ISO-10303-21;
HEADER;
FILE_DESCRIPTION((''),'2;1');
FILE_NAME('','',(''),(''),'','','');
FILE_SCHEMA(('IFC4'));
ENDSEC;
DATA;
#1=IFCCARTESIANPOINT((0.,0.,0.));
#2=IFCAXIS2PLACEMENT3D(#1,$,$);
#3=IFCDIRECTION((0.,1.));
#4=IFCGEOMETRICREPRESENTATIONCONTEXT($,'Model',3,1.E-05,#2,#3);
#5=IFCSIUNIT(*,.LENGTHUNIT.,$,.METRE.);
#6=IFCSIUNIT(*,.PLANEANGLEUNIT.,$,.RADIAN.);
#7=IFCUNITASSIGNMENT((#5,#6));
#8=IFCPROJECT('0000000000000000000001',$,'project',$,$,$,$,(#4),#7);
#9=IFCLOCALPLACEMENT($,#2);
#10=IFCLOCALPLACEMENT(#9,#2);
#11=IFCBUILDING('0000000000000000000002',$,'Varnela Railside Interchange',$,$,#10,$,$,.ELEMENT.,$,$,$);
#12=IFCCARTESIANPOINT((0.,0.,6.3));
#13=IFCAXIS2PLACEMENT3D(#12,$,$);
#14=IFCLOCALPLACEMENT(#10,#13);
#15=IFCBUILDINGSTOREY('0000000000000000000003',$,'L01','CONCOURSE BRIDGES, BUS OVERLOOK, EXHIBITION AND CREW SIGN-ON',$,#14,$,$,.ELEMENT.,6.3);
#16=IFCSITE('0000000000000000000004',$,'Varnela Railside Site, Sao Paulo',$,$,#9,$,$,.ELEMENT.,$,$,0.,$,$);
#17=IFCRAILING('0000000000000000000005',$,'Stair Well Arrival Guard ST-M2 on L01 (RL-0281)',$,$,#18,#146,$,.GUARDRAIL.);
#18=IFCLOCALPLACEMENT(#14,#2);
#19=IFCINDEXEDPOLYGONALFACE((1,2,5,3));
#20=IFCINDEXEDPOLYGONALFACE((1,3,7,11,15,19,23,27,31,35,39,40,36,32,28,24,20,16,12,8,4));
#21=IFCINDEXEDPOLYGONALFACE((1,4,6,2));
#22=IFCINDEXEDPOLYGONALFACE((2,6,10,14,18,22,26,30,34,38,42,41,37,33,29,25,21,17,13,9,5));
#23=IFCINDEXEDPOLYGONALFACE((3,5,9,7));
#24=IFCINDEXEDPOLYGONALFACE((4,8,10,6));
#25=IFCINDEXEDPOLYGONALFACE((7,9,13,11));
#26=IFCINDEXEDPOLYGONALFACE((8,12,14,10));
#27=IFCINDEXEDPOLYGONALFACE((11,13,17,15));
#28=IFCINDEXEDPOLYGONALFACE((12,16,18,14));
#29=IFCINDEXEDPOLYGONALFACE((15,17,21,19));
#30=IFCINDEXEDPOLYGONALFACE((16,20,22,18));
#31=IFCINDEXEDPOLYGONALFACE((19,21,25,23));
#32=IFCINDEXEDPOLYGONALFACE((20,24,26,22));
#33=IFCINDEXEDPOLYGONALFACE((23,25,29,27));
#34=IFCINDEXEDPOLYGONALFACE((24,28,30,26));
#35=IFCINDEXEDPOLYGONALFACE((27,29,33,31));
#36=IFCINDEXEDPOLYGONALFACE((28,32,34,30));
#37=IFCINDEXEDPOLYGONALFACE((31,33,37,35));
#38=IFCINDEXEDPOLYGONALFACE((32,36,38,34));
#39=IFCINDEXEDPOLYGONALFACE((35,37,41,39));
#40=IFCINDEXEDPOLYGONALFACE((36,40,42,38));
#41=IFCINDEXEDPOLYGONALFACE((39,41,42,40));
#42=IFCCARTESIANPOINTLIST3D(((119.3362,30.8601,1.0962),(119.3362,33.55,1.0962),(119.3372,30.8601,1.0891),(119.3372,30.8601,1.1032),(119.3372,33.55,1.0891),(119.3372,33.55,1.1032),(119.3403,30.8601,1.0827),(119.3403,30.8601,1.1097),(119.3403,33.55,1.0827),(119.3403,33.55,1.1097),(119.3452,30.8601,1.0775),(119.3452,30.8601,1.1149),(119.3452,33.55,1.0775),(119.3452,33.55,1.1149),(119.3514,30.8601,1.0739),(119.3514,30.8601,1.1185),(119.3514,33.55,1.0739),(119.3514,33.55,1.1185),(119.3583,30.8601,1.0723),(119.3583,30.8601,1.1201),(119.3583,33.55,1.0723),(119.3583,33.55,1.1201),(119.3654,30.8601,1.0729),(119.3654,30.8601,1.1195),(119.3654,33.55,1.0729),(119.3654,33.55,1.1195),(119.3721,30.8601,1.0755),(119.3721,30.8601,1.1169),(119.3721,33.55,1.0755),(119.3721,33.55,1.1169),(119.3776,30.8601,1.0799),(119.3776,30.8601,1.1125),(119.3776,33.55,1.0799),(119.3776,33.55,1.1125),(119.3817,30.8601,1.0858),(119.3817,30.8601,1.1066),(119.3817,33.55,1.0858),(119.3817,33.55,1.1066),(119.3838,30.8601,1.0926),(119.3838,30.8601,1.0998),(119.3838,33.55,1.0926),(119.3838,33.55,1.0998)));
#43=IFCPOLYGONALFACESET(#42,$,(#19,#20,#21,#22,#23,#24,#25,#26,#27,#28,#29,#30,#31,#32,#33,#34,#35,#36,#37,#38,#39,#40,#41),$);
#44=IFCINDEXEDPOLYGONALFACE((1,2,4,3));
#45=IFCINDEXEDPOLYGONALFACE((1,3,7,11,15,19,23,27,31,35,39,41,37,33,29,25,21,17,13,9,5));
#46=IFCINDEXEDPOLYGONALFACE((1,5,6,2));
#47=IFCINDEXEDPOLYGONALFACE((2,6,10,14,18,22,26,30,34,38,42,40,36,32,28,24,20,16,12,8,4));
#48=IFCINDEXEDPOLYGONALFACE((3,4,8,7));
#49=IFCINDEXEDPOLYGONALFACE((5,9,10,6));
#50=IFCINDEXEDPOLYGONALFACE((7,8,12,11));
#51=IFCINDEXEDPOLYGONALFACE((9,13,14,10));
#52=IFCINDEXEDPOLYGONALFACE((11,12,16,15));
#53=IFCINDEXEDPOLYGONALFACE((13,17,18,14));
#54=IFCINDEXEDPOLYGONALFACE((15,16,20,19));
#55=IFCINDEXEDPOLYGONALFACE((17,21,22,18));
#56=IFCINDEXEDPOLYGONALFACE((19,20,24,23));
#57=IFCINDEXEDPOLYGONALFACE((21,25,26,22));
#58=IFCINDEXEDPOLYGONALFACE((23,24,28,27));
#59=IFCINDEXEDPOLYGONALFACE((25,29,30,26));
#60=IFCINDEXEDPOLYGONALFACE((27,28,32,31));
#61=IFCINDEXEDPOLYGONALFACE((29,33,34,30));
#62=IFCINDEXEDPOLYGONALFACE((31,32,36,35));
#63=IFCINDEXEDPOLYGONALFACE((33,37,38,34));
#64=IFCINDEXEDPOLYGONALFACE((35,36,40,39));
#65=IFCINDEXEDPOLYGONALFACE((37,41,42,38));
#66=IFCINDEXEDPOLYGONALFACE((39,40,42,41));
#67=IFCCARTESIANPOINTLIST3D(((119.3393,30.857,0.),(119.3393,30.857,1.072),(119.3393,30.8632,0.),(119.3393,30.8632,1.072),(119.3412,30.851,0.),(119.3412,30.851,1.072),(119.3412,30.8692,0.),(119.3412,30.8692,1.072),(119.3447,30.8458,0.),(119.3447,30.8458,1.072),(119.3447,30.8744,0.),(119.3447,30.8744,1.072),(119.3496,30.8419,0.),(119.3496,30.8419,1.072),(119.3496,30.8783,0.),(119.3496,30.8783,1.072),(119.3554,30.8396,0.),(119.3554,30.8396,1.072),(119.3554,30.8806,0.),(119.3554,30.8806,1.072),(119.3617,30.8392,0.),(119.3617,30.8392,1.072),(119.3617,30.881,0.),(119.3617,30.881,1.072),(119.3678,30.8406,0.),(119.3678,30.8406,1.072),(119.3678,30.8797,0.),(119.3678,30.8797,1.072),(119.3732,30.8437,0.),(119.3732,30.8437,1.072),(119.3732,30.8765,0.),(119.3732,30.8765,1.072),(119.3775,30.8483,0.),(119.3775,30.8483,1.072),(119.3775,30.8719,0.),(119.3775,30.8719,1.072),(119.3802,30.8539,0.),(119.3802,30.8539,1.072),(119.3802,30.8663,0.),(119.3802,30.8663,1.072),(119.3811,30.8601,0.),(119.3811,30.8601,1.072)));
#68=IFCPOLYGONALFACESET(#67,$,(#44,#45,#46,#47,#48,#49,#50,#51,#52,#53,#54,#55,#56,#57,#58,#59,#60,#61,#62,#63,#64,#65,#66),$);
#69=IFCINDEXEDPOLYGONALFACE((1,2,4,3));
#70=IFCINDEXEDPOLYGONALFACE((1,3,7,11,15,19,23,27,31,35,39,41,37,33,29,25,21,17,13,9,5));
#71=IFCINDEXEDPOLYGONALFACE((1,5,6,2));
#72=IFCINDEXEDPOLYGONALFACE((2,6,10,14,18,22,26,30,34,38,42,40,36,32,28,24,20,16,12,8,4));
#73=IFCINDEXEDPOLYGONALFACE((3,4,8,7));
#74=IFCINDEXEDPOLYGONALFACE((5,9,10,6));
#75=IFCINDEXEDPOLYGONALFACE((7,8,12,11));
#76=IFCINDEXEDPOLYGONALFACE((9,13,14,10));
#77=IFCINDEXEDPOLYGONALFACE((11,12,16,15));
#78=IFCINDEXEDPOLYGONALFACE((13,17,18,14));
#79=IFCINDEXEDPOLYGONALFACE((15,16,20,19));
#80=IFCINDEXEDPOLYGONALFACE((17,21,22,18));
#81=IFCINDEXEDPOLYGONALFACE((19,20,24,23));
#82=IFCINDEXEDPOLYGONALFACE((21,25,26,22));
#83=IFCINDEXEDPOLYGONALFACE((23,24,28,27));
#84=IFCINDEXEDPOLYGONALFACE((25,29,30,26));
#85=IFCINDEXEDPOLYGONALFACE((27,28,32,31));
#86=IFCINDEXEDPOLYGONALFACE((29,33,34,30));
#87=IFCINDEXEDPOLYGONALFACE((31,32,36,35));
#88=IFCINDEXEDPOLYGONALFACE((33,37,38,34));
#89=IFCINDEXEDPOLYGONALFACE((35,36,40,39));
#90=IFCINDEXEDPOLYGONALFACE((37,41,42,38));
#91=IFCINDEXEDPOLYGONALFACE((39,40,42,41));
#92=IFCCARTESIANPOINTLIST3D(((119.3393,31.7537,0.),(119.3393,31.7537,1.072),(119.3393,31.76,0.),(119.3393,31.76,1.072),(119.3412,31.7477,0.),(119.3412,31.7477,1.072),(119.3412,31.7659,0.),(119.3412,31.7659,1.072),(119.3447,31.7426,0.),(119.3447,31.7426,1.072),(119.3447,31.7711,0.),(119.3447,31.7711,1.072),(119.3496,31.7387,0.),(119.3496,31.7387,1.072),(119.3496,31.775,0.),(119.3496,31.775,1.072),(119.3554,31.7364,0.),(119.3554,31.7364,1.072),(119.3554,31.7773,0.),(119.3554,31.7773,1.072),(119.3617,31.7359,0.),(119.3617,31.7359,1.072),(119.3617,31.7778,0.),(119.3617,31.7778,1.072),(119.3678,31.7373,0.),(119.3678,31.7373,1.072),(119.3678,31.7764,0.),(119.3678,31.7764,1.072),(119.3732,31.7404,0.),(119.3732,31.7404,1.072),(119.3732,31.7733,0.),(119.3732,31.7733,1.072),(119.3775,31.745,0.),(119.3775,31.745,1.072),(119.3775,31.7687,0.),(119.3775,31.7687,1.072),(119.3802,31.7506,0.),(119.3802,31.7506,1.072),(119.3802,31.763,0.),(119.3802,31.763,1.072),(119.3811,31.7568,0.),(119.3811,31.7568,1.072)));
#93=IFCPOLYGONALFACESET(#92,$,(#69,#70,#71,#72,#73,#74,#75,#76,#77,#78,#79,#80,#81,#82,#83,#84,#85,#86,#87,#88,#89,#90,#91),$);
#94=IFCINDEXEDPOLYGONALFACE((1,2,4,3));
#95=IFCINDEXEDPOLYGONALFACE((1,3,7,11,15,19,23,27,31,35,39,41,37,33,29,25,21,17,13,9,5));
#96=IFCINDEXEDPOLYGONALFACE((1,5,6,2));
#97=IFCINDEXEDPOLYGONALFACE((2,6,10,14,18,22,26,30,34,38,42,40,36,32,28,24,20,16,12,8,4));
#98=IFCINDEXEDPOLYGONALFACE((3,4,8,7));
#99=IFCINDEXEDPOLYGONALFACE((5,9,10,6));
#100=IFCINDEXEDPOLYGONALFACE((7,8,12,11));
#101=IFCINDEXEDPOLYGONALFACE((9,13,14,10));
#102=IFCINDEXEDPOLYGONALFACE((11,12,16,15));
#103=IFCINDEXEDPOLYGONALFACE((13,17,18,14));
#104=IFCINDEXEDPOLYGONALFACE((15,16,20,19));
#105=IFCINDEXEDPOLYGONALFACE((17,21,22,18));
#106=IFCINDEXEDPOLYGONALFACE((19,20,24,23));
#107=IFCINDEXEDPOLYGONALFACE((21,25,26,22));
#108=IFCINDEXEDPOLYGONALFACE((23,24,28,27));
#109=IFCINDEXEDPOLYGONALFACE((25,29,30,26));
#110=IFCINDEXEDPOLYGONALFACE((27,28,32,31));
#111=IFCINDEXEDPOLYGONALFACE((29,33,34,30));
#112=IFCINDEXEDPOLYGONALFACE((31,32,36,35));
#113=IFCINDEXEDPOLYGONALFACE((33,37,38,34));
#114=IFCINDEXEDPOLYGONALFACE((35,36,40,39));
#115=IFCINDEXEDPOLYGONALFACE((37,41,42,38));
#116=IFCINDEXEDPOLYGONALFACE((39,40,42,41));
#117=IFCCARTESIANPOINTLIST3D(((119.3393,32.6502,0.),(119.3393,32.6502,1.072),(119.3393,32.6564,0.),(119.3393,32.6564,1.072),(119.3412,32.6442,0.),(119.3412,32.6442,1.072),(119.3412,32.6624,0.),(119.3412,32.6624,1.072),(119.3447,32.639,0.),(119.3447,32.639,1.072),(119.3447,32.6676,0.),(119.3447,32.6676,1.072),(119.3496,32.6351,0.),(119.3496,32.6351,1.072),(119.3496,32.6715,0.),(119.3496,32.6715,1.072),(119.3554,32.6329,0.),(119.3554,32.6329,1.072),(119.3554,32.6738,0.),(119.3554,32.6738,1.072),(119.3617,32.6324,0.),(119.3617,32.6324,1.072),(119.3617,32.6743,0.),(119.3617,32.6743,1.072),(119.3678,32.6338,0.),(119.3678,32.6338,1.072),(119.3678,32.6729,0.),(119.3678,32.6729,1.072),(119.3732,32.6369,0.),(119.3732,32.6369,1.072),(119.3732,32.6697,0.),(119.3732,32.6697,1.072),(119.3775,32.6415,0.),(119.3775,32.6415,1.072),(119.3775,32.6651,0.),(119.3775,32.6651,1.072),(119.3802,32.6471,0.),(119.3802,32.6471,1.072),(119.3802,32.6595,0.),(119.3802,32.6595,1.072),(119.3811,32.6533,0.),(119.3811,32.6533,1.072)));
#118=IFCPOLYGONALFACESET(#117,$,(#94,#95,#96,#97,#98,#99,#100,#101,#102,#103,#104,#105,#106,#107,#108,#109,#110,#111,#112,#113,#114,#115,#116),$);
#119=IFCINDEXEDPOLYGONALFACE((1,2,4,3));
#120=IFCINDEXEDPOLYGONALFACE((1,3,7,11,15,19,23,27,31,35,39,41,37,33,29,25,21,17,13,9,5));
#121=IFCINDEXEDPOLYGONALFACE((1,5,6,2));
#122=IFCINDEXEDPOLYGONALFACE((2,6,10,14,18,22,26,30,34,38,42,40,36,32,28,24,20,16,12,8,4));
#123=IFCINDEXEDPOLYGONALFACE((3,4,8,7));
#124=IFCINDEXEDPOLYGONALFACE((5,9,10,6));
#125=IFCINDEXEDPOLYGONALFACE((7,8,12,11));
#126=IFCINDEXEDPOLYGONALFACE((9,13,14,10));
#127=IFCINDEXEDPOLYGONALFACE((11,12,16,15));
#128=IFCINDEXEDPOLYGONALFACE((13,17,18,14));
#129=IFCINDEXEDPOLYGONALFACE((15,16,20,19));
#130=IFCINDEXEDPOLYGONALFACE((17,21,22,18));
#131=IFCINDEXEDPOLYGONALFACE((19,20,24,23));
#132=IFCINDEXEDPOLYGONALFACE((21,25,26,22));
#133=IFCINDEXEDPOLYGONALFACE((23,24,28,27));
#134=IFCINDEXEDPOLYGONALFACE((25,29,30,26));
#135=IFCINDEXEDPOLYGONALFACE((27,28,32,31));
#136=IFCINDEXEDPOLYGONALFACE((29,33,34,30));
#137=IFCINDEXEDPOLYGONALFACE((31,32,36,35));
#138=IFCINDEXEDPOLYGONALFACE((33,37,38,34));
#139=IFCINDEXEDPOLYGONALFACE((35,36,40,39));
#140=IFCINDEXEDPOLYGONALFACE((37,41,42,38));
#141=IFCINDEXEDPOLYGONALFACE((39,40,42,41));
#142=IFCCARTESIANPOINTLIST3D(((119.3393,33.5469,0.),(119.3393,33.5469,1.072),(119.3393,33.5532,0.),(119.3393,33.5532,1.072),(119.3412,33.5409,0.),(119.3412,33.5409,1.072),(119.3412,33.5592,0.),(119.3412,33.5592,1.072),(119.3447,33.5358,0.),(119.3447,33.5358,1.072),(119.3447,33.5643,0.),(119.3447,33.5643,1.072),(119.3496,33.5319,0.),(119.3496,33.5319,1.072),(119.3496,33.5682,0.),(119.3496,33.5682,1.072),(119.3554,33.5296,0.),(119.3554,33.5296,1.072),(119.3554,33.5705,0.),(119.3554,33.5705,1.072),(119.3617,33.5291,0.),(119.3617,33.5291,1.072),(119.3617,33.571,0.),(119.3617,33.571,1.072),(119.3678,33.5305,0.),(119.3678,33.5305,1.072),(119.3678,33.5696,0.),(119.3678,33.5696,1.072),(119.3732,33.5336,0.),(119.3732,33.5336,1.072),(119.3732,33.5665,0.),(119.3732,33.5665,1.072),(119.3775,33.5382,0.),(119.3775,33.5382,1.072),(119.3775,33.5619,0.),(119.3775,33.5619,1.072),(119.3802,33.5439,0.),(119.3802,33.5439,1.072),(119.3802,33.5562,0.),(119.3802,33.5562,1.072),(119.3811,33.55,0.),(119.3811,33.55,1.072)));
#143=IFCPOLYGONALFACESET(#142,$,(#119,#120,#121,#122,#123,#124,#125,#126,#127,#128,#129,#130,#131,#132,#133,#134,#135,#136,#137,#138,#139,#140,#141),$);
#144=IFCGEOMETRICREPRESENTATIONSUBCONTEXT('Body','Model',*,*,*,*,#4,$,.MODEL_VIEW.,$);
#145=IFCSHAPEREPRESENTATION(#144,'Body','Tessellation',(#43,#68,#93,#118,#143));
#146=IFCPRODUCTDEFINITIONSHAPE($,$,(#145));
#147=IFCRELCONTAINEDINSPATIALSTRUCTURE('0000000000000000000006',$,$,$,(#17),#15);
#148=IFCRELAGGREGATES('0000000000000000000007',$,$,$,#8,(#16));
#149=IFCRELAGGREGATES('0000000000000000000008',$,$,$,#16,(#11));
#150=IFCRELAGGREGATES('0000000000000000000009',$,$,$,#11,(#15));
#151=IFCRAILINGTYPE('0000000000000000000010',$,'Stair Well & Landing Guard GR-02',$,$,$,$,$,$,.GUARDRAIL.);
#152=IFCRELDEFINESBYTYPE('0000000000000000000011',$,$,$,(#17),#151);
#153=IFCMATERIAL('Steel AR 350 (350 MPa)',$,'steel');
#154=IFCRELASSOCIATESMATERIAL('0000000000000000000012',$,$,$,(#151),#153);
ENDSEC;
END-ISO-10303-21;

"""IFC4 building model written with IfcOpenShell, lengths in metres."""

from ifc_helpers import new_model, si_unit, direction, frame, origin, origin_2d, place, context, subcontext, project, spatial, circle, extrude, material, type_object, element, save


model = new_model("IFC4")

# Units and contexts
model_context = context("Model", 3, precision=1e-05, world=origin(), true_north=direction((0.0, 1.0)))
body_context = subcontext(model_context, "Body", "Model", "MODEL_VIEW")
ifc_project = project(units=[si_unit("LENGTHUNIT", "METRE"), si_unit("PLANEANGLEUNIT", "RADIAN")], contexts=[model_context])

# Site, building, storey
site_placement = place(None, origin())
site = spatial("IfcSite", under=ifc_project, at=site_placement, Name="Varnela Railside Site, Sao Paulo", CompositionType="ELEMENT", RefElevation=0.0)
building_placement = place(site_placement, origin())
building = spatial("IfcBuilding", under=site, at=building_placement, Name="Varnela Railside Interchange", CompositionType="ELEMENT")
storey_placement = place(building_placement, frame((0.0, 0.0, 6.3)))
storey = spatial("IfcBuildingStorey", under=building, at=storey_placement, Name="L01", Description="CONCOURSE BRIDGES, BUS OVERLOOK, EXHIBITION AND CREW SIGN-ON", CompositionType="ELEMENT", Elevation=6.3)

# Shared definitions
ifc_material_1 = material(Name="Steel AR 350 (350 MPa)", Category="steel")

# Railing
railing_type = type_object("IfcRailingType", Name="Stair Well & Landing Guard GR-02", PredefinedType="GUARDRAIL", material=ifc_material_1)
railing_placement = place(storey_placement, frame((119.3601, 30.8601, 0.0)))
element("IfcRailing", 1, at=railing_placement, inside=storey, type_object=railing_type, Name="Stair Well Arrival Guard ST-M2 on L01 (RL-0281)", PredefinedType="GUARDRAIL", context=body_context, shape_type="SweptSolid", body=[
    extrude(circle(Radius=0.0239, at=origin_2d()), frame((0.0, 0.0, 1.0962), z_axis=(0.0, 1.0, 0.0), x_axis=(-1.0, 0.0, 0.0)), (0.0, 0.0, 1.0), 2.6899),
    extrude(circle(Radius=0.021, at=origin_2d()), origin(), (0.0, 0.0, 1.0), 1.072),
    extrude(circle(Radius=0.021, at=origin_2d()), frame((0.0, 0.8967, 0.0)), (0.0, 0.0, 1.0), 1.072),
    extrude(circle(Radius=0.021, at=origin_2d()), frame((0.0, 1.7932, 0.0)), (0.0, 0.0, 1.0), 1.072),
    extrude(circle(Radius=0.021, at=origin_2d()), frame((0.0, 2.6899, 0.0)), (0.0, 0.0, 1.0), 1.072),
])

save(model, "model.ifc")
